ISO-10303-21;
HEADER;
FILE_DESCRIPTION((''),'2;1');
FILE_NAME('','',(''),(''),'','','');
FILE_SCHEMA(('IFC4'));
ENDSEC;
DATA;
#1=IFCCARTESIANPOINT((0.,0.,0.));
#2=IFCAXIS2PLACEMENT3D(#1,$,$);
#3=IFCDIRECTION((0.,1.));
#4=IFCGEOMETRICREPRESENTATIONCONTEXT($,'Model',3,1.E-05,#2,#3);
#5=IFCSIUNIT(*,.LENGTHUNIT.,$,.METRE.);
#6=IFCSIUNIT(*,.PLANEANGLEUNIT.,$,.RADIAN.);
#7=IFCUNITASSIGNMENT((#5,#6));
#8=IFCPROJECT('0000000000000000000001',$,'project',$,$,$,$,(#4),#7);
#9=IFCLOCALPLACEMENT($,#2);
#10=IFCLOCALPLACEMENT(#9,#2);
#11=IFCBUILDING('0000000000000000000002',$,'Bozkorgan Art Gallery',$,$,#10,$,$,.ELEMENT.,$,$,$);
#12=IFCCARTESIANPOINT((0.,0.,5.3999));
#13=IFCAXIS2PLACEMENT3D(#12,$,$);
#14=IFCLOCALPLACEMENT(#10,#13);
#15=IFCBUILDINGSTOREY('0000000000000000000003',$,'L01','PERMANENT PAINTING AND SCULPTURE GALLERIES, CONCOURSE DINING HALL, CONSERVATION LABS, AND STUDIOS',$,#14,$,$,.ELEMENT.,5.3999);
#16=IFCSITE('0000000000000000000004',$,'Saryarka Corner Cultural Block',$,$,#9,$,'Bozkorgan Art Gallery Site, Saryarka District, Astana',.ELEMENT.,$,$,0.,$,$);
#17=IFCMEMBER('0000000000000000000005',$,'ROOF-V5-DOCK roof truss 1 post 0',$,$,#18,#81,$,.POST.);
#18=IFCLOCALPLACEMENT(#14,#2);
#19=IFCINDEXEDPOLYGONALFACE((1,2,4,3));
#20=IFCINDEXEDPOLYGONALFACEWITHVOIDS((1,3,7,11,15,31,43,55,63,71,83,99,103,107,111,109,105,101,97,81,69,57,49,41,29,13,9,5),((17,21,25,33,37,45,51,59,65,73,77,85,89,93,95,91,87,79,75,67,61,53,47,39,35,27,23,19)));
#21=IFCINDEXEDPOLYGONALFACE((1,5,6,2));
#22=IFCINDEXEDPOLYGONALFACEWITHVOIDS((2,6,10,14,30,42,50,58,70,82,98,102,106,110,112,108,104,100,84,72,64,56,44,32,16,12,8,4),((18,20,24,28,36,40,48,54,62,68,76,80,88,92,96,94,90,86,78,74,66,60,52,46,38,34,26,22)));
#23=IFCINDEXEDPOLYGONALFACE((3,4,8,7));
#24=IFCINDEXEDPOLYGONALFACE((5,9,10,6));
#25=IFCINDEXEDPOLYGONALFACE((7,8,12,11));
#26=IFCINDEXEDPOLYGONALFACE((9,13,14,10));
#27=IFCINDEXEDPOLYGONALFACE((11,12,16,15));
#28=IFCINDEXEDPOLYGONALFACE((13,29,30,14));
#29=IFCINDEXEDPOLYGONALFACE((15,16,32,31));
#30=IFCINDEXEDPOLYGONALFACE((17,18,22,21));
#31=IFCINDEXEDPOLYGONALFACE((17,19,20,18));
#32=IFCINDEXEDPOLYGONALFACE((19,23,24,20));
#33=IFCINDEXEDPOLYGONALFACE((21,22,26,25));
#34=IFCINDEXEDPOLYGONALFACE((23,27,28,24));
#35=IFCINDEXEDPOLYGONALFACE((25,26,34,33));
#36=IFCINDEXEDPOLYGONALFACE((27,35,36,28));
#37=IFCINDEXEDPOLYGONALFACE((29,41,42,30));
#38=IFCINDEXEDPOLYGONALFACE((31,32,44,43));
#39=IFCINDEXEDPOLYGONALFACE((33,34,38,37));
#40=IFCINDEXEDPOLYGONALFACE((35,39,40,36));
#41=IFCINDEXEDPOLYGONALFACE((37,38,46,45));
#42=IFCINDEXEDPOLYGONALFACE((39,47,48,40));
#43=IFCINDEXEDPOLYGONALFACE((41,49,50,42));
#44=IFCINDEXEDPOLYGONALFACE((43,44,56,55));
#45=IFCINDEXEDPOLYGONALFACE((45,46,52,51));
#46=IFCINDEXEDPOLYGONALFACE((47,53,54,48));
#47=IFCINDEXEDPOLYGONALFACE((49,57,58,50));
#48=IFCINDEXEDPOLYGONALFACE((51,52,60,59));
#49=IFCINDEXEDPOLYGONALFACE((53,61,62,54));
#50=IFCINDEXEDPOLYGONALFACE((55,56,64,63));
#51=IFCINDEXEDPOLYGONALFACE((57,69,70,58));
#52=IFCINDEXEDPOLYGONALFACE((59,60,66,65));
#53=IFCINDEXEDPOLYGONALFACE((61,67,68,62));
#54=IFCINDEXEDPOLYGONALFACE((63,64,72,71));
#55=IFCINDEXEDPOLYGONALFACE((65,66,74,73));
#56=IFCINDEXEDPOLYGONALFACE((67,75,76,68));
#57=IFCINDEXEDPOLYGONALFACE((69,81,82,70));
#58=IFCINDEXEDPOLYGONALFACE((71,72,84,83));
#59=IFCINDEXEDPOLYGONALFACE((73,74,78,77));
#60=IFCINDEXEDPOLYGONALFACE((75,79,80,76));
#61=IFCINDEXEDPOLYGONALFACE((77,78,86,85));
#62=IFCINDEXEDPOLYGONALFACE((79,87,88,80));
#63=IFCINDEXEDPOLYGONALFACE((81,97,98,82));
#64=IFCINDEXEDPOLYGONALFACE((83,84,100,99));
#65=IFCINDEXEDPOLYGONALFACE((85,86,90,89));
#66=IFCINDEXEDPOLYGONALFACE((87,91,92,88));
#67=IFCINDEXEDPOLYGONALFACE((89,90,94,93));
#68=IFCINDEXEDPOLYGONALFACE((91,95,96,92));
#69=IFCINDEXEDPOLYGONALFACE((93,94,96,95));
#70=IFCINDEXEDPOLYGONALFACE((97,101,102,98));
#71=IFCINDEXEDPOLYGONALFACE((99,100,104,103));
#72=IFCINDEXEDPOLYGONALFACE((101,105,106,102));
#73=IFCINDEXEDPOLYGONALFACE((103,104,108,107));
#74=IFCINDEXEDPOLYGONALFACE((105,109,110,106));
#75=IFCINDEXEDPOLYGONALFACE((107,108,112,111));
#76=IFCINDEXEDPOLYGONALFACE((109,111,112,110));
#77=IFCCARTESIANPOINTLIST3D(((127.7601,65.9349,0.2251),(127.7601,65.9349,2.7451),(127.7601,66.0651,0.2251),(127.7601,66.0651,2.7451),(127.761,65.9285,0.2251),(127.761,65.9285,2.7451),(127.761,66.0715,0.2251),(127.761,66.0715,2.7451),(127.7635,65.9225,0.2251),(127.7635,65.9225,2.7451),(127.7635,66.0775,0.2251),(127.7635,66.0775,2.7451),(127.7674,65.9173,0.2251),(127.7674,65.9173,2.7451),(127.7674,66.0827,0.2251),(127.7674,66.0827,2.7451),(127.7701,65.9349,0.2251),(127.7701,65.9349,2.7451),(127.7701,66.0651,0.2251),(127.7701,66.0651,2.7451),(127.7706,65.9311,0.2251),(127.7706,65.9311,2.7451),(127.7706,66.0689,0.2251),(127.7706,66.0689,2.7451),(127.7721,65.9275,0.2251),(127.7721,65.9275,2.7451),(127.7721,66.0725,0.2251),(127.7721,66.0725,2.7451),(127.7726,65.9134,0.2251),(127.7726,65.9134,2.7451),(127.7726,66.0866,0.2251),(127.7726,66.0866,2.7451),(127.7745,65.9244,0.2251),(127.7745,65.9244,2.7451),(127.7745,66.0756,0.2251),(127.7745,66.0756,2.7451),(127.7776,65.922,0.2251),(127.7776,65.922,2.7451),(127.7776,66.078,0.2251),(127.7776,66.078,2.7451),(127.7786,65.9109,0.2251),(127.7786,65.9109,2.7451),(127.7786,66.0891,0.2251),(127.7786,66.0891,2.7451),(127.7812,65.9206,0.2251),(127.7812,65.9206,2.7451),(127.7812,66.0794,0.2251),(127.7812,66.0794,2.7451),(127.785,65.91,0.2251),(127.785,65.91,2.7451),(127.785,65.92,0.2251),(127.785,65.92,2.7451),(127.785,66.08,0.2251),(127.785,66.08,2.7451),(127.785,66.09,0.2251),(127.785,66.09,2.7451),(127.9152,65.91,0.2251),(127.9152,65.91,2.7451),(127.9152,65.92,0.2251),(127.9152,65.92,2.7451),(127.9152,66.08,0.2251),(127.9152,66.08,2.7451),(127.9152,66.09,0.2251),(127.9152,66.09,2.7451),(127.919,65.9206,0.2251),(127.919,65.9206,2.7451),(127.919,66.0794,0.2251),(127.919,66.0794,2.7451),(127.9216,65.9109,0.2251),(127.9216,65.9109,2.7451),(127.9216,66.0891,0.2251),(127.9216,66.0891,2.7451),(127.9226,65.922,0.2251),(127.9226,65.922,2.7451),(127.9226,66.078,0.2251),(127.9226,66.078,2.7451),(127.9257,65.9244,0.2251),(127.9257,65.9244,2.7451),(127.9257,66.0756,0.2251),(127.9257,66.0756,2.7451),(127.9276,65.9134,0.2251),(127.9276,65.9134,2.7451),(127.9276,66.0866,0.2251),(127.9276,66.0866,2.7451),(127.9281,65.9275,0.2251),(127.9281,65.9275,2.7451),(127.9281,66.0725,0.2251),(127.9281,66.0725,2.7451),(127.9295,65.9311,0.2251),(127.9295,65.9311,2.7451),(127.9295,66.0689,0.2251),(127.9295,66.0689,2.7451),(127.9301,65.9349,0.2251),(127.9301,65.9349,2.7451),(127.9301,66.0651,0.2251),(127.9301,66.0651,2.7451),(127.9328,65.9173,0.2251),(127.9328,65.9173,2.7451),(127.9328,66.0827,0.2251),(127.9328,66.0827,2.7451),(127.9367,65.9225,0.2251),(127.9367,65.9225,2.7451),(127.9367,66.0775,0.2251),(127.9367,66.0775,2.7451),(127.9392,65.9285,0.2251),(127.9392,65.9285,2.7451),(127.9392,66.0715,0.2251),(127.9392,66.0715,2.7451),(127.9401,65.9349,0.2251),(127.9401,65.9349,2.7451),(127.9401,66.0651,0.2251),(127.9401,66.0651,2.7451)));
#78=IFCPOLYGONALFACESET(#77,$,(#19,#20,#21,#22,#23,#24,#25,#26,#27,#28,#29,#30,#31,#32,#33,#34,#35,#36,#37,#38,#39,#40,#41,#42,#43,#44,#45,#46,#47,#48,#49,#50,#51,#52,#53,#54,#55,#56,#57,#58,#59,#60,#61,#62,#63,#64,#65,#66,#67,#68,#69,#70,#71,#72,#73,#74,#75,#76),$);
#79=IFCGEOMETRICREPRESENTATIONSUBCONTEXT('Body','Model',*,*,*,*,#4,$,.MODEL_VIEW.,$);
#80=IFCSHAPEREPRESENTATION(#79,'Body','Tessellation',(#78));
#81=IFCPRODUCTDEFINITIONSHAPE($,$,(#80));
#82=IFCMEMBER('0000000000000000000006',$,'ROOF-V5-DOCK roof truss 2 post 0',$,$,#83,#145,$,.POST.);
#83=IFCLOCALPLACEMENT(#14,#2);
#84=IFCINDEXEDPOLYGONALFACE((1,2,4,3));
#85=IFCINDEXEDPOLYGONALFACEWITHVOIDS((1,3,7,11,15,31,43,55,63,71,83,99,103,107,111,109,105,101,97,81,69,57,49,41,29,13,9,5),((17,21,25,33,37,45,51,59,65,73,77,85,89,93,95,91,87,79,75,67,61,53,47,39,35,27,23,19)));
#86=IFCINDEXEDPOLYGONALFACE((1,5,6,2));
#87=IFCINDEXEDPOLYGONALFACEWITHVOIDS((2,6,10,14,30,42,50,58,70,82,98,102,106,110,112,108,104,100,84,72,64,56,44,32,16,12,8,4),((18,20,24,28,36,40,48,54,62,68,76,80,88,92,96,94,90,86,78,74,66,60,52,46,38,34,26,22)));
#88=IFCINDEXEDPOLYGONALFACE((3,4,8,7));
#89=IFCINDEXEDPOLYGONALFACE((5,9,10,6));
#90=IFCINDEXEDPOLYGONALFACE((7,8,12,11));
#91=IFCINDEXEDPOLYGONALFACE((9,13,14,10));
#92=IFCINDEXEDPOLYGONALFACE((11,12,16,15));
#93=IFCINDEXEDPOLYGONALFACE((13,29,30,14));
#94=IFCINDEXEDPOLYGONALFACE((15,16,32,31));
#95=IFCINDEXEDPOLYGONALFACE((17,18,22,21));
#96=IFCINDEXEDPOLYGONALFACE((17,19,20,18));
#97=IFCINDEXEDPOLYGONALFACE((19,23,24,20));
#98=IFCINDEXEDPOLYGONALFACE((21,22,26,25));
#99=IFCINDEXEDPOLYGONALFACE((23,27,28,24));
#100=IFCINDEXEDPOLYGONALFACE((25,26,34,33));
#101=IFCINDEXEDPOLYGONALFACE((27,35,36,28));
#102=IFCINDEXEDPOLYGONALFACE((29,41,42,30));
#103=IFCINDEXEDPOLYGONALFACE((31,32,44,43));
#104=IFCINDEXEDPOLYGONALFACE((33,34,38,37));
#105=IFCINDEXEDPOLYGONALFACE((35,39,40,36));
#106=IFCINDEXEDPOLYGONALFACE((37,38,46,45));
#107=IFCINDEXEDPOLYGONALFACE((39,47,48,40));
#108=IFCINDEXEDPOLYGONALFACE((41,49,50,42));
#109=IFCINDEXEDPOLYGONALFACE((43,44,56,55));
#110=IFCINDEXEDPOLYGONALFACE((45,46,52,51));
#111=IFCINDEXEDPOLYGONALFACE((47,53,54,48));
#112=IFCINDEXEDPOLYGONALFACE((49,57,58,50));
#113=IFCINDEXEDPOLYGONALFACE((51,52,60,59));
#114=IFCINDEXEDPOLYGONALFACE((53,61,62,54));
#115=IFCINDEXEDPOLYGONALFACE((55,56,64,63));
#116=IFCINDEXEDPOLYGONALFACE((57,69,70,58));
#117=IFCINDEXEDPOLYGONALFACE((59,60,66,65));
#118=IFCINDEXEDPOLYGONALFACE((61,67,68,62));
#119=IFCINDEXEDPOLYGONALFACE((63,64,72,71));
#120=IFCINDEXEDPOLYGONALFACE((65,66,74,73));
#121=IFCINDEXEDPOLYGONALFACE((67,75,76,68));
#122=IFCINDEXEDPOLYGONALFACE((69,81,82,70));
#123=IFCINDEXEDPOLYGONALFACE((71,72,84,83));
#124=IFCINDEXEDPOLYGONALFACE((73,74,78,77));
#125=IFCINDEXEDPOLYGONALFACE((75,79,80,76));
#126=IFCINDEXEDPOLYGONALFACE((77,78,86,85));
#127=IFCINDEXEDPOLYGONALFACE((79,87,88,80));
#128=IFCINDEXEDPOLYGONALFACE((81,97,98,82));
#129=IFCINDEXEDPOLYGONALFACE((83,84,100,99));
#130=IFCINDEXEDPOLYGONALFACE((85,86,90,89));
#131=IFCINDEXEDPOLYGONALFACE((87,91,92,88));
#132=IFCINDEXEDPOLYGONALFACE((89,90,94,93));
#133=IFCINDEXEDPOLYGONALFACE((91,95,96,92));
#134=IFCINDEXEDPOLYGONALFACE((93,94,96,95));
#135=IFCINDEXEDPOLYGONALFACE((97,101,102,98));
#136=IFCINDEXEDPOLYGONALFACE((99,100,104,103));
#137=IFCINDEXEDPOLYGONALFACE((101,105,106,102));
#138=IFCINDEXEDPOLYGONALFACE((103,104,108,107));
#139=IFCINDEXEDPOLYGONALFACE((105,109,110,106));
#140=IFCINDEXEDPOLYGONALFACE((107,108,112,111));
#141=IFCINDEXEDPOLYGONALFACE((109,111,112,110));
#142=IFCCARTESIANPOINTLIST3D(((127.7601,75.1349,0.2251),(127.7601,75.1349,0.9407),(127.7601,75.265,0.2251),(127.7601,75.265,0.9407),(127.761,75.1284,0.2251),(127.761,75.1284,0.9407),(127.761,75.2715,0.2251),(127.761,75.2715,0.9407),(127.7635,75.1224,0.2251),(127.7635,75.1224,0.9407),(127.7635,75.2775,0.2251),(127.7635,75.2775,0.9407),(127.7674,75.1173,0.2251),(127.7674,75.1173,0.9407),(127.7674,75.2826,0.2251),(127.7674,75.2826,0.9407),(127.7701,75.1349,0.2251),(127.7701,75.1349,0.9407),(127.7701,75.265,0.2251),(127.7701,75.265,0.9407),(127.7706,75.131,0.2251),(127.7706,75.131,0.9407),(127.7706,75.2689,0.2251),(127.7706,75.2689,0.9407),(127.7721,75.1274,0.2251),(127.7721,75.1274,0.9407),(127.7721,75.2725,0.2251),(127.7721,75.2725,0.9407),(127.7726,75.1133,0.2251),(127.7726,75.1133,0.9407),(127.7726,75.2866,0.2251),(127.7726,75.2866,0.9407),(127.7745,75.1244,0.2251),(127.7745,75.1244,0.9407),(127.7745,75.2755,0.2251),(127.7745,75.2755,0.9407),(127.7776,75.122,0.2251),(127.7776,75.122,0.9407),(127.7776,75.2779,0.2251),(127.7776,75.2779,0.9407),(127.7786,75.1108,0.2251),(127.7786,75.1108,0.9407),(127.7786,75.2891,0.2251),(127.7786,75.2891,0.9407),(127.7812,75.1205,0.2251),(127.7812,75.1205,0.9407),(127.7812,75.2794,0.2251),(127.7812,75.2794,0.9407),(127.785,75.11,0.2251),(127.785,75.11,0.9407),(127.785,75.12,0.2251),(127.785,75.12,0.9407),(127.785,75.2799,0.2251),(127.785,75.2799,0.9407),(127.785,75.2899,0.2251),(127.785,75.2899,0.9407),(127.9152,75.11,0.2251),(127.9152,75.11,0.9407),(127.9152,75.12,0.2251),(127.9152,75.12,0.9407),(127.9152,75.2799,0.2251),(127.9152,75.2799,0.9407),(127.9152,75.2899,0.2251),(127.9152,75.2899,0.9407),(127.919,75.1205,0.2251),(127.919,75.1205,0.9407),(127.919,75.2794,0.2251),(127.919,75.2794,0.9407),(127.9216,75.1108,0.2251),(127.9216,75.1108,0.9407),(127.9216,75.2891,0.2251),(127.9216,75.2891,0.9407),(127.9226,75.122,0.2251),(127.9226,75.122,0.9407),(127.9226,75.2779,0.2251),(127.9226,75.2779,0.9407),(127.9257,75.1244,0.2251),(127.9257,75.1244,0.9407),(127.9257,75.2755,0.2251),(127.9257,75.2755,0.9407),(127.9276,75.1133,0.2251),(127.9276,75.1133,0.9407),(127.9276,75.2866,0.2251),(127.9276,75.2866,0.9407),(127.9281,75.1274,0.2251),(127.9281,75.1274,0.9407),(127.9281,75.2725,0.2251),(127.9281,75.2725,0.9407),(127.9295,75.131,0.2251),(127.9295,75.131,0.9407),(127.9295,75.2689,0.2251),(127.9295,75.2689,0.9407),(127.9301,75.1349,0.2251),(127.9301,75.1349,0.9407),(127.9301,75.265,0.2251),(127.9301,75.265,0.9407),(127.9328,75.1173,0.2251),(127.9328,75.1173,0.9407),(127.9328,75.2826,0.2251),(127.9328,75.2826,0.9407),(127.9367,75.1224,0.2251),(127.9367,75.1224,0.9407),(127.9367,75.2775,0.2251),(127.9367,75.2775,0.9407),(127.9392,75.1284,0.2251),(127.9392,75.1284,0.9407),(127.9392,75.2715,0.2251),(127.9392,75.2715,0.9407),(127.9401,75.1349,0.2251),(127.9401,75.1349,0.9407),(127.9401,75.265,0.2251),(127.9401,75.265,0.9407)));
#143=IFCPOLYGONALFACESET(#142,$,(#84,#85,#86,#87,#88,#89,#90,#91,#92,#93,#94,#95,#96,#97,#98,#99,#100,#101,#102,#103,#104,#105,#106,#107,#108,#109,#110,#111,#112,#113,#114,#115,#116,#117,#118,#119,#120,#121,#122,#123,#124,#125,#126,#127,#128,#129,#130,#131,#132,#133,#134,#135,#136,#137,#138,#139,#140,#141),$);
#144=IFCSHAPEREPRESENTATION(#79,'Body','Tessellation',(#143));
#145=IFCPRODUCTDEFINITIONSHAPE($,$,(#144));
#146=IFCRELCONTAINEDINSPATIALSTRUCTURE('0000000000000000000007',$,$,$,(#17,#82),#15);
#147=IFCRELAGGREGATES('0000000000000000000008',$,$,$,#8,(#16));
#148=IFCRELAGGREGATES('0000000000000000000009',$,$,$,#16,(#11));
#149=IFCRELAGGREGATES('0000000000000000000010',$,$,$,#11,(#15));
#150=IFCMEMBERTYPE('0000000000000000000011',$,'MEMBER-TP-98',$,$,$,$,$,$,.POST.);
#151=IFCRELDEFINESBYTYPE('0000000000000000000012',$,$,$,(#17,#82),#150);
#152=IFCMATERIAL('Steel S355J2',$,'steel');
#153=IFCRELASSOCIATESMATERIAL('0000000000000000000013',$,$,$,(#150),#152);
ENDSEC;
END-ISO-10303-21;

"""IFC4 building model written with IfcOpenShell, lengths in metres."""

from ifc_helpers import new_model, si_unit, direction, frame, origin, origin_2d, place, context, subcontext, project, spatial, hollow_rectangle, extrude, material, material_profile, profile_set, type_object, element, save


model = new_model("IFC4")

# Units and contexts
model_context = context("Model", 3, precision=1e-05, world=origin(), true_north=direction((0.0, 1.0)))
body_context = subcontext(model_context, "Body", "Model", "MODEL_VIEW")
ifc_project = project(units=[si_unit("LENGTHUNIT", "METRE"), si_unit("PLANEANGLEUNIT", "RADIAN")], contexts=[model_context])

# Site, building, storey
site_placement = place(None, origin())
site = spatial("IfcSite", under=ifc_project, at=site_placement, Name="Saryarka Corner Cultural Block", LongName="Bozkorgan Art Gallery Site, Saryarka District, Astana", CompositionType="ELEMENT", RefElevation=0.0)
building_placement = place(site_placement, origin())
building = spatial("IfcBuilding", under=site, at=building_placement, Name="Bozkorgan Art Gallery", CompositionType="ELEMENT")
storey_placement = place(building_placement, frame((0.0, 0.0, 5.3999)))
storey = spatial("IfcBuildingStorey", under=building, at=storey_placement, Name="L01", Description="PERMANENT PAINTING AND SCULPTURE GALLERIES, CONCOURSE DINING HALL, CONSERVATION LABS, AND STUDIOS", CompositionType="ELEMENT", Elevation=5.3999)

# Shared definitions
ifc_material_1 = material(Name="Steel S355J2", Category="steel")

# Members
ifc_material_profile_1 = material_profile(ifc_material_1, hollow_rectangle(XDim=0.1799, YDim=0.1799, WallThickness=0.01, InnerFilletRadius=0.0149, OuterFilletRadius=0.0249, at=origin_2d()), Name="SHS 180x180x10")
ifc_profile_set_1 = profile_set([ifc_material_profile_1], Name="Steel S355J2")
member_type_1 = type_object("IfcMemberType", Name="MEMBER-TP-98", PredefinedType="POST", material=ifc_profile_set_1)
member_1_placement = place(storey_placement, frame((127.8501, 66.0, 0.2251), z_axis=(0.0, 0.0, 1.0), x_axis=(1.0, 0.0, 0.0)))
element("IfcMember", 1, at=member_1_placement, inside=storey, type_object=member_type_1, Name="ROOF-V5-DOCK roof truss 1 post 0", PredefinedType="POST", context=body_context, shape_type="SweptSolid", body=[
    extrude(hollow_rectangle(XDim=0.1799, YDim=0.1799, WallThickness=0.01, InnerFilletRadius=0.0149, OuterFilletRadius=0.0249, at=origin_2d()), origin(), (0.0, 0.0, 1.0), 2.52),
])
member_2_placement = place(storey_placement, frame((127.8501, 75.2, 0.2251), z_axis=(0.0, 0.0, 1.0), x_axis=(1.0, 0.0, 0.0)))
element("IfcMember", 2, at=member_2_placement, inside=storey, type_object=member_type_1, Name="ROOF-V5-DOCK roof truss 2 post 0", PredefinedType="POST", context=body_context, shape_type="SweptSolid", body=[
    extrude(hollow_rectangle(XDim=0.1799, YDim=0.1799, WallThickness=0.01, InnerFilletRadius=0.0149, OuterFilletRadius=0.0249, at=origin_2d()), origin(), (0.0, 0.0, 1.0), 0.7156),
])

save(model, "model.ifc")
